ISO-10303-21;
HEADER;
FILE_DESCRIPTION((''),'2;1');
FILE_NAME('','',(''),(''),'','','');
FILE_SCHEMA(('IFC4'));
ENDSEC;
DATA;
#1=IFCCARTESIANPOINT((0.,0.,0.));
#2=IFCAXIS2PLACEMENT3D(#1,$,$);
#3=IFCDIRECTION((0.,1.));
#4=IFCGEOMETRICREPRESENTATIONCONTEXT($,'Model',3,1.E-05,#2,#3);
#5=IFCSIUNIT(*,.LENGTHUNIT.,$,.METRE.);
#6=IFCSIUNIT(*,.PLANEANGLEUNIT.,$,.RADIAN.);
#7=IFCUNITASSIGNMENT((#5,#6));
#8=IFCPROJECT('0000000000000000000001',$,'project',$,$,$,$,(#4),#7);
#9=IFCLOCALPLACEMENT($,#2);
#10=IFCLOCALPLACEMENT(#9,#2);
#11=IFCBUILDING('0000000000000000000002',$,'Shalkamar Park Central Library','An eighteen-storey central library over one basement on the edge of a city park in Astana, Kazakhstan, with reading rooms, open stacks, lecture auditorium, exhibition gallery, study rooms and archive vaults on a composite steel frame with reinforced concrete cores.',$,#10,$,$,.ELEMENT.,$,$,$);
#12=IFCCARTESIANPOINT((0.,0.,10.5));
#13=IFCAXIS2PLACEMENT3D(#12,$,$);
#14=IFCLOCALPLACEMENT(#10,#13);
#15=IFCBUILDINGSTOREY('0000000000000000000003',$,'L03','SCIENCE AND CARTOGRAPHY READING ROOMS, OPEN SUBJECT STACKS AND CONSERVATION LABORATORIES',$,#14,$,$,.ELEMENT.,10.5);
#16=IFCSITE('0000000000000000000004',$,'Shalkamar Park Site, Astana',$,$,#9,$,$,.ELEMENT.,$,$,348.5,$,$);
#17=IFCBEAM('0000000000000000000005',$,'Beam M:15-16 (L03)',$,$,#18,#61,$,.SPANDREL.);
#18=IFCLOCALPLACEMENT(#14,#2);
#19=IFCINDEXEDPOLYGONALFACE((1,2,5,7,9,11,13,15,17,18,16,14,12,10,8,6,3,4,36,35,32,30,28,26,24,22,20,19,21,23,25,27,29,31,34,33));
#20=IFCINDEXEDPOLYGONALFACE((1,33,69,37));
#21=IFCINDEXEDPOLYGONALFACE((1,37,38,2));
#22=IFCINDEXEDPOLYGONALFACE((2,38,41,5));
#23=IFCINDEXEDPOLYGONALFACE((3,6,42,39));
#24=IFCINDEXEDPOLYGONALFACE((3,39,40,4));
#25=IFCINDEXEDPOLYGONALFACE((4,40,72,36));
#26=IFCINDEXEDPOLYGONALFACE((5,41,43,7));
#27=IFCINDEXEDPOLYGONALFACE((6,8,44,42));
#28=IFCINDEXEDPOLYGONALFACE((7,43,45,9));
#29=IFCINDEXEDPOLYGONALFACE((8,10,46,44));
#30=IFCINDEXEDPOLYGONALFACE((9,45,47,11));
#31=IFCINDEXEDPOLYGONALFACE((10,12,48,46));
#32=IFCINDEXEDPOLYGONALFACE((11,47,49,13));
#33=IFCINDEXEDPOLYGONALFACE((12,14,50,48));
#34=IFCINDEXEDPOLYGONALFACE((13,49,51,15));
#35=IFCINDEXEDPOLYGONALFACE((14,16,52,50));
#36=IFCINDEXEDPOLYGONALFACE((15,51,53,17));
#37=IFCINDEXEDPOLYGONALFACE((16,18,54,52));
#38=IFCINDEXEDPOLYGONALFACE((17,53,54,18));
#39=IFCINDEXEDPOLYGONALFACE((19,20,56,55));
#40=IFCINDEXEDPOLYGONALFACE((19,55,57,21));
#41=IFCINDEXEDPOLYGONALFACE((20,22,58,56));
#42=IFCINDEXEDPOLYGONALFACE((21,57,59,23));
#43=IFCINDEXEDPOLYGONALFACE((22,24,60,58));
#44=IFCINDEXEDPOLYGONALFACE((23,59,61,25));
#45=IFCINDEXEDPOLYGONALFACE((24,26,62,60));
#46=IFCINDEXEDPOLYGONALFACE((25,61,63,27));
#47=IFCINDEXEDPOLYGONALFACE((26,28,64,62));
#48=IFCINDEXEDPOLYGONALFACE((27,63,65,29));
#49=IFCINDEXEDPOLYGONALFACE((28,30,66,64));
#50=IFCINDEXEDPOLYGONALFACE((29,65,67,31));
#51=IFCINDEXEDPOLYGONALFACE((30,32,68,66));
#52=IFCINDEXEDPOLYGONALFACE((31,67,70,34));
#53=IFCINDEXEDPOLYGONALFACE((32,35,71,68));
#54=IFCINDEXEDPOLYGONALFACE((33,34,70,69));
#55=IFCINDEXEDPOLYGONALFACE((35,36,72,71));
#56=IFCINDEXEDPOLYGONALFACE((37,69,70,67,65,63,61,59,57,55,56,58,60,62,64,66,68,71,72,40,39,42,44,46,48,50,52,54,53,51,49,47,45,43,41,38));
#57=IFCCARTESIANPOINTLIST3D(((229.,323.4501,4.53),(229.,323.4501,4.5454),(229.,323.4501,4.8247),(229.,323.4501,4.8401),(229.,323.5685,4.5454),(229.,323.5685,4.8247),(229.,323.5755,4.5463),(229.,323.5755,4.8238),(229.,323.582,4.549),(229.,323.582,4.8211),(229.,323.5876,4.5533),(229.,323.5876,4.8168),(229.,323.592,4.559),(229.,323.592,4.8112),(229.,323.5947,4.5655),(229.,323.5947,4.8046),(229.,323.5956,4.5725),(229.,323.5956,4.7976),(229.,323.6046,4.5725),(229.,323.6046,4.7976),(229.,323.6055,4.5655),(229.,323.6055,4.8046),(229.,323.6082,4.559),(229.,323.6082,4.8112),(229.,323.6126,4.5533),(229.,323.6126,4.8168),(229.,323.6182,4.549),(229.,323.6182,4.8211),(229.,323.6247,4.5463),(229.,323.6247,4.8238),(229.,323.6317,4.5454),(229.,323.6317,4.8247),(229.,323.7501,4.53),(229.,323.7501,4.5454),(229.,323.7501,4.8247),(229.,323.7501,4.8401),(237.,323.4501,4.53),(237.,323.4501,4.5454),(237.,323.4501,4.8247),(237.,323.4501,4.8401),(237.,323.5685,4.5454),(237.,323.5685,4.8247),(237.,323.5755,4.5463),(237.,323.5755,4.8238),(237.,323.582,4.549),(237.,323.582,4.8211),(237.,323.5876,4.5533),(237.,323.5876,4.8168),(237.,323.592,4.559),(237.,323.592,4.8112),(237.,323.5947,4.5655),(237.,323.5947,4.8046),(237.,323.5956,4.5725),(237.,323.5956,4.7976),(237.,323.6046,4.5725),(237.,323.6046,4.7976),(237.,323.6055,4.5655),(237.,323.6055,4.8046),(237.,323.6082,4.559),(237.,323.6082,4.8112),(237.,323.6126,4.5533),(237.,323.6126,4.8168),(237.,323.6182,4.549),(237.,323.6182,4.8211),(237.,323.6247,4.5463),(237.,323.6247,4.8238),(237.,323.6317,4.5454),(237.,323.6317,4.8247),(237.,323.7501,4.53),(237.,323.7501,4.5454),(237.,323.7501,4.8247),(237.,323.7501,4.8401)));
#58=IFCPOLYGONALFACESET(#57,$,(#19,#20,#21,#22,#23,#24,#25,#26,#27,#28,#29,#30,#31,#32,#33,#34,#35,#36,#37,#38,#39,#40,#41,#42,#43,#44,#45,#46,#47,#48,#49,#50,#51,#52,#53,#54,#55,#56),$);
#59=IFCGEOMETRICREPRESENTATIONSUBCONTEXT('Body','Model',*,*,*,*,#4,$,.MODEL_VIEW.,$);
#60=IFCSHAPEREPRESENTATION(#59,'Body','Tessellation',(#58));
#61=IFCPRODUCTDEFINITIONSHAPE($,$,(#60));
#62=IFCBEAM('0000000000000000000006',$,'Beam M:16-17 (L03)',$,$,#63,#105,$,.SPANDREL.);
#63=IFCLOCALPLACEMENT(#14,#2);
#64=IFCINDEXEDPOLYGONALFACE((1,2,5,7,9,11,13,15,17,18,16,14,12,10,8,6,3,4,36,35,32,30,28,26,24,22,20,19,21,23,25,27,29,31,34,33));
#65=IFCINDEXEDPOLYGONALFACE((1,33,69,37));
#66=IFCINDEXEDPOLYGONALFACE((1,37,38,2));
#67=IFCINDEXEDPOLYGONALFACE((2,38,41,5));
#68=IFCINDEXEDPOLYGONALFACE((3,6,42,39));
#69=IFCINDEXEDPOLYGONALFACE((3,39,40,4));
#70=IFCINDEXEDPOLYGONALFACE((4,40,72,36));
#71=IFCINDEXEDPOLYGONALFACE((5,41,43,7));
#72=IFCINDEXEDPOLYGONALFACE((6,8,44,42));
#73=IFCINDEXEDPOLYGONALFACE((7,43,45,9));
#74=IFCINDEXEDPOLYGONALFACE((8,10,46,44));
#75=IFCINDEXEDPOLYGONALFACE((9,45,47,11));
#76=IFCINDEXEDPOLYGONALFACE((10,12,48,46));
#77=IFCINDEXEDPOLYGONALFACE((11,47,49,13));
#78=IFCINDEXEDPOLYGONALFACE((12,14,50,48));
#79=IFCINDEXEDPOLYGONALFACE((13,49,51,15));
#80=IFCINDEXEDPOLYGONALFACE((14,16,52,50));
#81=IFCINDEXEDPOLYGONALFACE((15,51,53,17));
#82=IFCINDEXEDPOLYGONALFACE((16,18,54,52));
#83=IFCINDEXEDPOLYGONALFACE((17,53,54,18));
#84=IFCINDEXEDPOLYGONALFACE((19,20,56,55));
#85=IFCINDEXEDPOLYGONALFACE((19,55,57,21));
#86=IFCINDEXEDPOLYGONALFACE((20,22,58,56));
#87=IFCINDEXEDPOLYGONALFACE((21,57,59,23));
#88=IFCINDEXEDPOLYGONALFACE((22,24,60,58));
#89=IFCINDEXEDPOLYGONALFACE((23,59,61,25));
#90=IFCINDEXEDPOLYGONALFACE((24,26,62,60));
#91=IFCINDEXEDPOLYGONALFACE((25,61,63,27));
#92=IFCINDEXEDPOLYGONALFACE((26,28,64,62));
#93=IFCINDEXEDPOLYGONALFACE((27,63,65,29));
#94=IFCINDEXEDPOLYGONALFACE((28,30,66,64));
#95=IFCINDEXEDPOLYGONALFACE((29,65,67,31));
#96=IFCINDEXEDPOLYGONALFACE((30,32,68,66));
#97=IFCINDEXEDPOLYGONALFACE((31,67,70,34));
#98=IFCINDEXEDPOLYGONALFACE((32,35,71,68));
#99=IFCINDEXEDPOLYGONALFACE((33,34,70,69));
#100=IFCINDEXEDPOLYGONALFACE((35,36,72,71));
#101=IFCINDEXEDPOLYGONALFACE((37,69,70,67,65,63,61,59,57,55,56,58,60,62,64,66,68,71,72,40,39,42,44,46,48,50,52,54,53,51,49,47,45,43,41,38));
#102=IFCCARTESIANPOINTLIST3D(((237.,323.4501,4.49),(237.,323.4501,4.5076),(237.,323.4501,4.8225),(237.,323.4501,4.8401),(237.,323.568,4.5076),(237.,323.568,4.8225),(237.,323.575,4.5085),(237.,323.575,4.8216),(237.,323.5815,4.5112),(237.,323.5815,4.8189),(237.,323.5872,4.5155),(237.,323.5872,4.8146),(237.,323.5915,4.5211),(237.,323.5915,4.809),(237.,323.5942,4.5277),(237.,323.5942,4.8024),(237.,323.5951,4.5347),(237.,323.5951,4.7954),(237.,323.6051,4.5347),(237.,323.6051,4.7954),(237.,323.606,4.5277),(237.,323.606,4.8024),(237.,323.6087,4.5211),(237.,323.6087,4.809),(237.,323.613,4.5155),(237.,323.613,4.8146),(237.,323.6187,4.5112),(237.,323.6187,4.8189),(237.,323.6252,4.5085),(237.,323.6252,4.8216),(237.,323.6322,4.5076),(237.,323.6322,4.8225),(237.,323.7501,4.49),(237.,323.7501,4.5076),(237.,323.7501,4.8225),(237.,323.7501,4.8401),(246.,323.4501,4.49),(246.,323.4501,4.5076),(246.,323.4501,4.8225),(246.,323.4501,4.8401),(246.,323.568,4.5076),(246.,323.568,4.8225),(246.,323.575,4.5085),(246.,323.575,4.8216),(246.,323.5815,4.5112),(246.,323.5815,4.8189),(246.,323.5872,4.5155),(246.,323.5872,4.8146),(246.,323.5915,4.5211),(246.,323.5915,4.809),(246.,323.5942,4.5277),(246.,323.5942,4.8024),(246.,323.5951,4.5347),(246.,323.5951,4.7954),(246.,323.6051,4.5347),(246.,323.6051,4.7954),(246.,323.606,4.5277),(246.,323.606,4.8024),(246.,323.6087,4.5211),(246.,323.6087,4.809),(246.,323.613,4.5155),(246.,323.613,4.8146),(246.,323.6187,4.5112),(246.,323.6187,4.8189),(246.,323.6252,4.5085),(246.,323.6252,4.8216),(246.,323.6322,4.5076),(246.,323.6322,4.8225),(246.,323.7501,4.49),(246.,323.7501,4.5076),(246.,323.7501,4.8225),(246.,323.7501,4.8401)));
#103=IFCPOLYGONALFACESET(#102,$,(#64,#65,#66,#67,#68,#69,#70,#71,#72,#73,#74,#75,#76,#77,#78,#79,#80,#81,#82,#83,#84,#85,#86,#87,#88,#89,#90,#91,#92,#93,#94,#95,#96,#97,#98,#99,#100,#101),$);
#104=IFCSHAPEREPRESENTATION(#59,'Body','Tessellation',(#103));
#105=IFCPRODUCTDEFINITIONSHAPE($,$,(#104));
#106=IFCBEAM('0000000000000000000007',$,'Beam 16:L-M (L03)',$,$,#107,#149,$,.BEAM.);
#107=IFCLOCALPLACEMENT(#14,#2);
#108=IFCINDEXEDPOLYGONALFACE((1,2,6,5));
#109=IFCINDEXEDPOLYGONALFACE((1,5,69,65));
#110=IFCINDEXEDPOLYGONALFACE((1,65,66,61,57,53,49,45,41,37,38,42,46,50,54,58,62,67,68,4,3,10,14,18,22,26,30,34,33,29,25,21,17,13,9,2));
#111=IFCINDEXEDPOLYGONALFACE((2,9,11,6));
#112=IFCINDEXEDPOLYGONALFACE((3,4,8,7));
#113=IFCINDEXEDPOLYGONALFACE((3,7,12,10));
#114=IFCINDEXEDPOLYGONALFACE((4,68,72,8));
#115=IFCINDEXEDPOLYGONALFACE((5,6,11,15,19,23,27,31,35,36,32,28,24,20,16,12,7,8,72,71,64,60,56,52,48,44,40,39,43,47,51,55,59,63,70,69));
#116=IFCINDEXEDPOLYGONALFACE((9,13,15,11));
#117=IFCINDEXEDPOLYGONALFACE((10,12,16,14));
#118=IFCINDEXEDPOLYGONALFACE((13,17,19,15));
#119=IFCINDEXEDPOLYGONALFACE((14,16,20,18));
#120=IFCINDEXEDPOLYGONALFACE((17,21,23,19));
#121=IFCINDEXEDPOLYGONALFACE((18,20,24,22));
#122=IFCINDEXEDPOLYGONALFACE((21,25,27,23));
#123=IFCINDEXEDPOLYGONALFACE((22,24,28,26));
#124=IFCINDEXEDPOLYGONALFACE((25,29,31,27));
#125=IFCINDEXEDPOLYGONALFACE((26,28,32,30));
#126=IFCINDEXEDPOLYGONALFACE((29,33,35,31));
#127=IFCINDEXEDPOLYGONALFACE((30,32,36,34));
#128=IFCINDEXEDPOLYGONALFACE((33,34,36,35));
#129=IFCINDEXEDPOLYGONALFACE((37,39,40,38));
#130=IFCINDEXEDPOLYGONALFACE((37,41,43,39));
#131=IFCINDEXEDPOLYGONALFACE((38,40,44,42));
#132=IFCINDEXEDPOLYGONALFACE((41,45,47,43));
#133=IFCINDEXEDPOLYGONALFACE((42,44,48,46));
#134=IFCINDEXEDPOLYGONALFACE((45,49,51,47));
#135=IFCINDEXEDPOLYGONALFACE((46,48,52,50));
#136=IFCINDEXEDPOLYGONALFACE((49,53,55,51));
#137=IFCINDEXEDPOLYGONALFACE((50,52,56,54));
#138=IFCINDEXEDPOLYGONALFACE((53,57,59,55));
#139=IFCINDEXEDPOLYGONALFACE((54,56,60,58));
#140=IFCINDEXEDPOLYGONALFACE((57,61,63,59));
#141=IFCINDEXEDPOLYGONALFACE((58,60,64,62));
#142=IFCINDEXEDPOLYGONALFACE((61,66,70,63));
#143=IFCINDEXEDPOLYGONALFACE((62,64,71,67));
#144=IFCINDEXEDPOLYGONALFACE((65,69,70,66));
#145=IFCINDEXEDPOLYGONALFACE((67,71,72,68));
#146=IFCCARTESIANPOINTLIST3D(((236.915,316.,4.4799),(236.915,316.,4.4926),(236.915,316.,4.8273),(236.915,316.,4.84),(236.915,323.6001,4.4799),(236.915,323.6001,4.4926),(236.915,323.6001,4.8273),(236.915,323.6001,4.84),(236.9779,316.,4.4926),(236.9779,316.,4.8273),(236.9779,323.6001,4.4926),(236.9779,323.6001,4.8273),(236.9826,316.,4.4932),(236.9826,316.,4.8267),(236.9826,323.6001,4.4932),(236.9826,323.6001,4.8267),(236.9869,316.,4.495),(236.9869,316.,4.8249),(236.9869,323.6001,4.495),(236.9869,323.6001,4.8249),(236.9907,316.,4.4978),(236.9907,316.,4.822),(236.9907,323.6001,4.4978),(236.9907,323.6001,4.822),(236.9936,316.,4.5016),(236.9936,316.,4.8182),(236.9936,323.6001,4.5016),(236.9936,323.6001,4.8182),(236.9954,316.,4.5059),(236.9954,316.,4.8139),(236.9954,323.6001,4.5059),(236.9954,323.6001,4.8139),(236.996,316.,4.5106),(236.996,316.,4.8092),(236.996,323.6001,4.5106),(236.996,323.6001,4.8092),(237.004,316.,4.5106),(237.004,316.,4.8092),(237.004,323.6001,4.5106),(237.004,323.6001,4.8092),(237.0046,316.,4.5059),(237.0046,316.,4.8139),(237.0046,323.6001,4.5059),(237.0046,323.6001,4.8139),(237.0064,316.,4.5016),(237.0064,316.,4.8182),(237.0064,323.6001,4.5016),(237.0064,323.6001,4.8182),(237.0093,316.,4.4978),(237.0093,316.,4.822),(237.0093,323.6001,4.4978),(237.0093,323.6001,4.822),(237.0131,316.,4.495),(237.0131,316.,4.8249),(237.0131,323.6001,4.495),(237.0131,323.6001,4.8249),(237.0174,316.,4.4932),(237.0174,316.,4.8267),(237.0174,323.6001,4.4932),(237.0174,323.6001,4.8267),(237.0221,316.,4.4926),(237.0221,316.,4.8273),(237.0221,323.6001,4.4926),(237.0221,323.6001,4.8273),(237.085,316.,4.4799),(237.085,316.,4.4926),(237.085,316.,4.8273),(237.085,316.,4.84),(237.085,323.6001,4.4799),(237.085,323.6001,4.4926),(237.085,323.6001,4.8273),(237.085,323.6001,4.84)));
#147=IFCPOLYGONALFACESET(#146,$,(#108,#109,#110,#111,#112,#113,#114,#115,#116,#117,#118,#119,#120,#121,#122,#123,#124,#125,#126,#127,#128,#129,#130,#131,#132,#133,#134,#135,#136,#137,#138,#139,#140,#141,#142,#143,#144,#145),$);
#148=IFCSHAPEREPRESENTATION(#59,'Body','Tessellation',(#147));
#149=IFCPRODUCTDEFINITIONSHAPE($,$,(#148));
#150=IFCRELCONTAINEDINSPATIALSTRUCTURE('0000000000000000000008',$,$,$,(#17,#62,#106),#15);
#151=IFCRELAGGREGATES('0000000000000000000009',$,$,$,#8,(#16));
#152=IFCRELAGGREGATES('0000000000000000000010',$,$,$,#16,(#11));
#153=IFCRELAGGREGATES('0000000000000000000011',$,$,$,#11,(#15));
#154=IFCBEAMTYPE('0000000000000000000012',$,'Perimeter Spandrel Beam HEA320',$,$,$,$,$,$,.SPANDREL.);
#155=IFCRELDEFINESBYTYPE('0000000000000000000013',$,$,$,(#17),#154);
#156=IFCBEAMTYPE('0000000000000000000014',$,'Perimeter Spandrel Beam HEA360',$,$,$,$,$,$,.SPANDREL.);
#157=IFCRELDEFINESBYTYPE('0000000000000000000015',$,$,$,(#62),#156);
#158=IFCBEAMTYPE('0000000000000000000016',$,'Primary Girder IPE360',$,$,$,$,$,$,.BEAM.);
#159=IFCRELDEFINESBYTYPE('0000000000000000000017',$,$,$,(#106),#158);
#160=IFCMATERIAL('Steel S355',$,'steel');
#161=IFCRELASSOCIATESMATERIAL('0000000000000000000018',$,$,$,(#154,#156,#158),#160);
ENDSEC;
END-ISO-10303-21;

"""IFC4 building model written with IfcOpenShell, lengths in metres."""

from ifc_helpers import new_model, si_unit, direction, frame, origin, origin_2d, place, context, subcontext, project, spatial, i_section, extrude, material, material_profile, profile_set, type_object, element, save


model = new_model("IFC4")

# Units and contexts
model_context = context("Model", 3, precision=1e-05, world=origin(), true_north=direction((0.0, 1.0)))
body_context = subcontext(model_context, "Body", "Model", "MODEL_VIEW")
ifc_project = project(units=[si_unit("LENGTHUNIT", "METRE"), si_unit("PLANEANGLEUNIT", "RADIAN")], contexts=[model_context])

# Site, building, storey
site_placement = place(None, origin())
site = spatial("IfcSite", under=ifc_project, at=site_placement, Name="Shalkamar Park Site, Astana", CompositionType="ELEMENT", RefElevation=348.5)
building_placement = place(site_placement, origin())
building = spatial("IfcBuilding", under=site, at=building_placement, Name="Shalkamar Park Central Library", Description="An eighteen-storey central library over one basement on the edge of a city park in Astana, Kazakhstan, with reading rooms, open stacks, lecture auditorium, exhibition gallery, study rooms and archive vaults on a composite steel frame with reinforced concrete cores.", CompositionType="ELEMENT")
storey_placement = place(building_placement, frame((0.0, 0.0, 10.5)))
storey = spatial("IfcBuildingStorey", under=building, at=storey_placement, Name="L03", Description="SCIENCE AND CARTOGRAPHY READING ROOMS, OPEN SUBJECT STACKS AND CONSERVATION LABORATORIES", CompositionType="ELEMENT", Elevation=10.5)

# Shared definitions
ifc_material_1 = material(Name="Steel S355", Category="steel")

# Beams
ifc_material_profile_1 = material_profile(ifc_material_1, i_section(OverallWidth=0.3, OverallDepth=0.3101, WebThickness=0.009, FlangeThickness=0.0154, FilletRadius=0.0271, at=origin_2d()), Name="HEA 320")
ifc_profile_set_1 = profile_set([ifc_material_profile_1], Name="Steel S355")
beam_type_1 = type_object("IfcBeamType", Name="Perimeter Spandrel Beam HEA320", PredefinedType="SPANDREL", material=ifc_profile_set_1)
beam_1_placement = place(storey_placement, frame((229.0, 323.6001, 4.6851), z_axis=(1.0, 0.0, 0.0), x_axis=(0.0, 1.0, 0.0)))
element("IfcBeam", 1, at=beam_1_placement, inside=storey, type_object=beam_type_1, Name="Beam M:15-16 (L03)", PredefinedType="SPANDREL", context=body_context, shape_type="SweptSolid", body=[
    extrude(i_section(OverallWidth=0.3, OverallDepth=0.3101, WebThickness=0.009, FlangeThickness=0.0154, FilletRadius=0.0271, at=origin_2d()), origin(), (0.0, 0.0, 1.0), 8.0),
])
ifc_material_profile_2 = material_profile(ifc_material_1, i_section(OverallWidth=0.3, OverallDepth=0.3501, WebThickness=0.01, FlangeThickness=0.0176, FilletRadius=0.0271, at=origin_2d()), Name="HEA 360")
ifc_profile_set_2 = profile_set([ifc_material_profile_2], Name="Steel S355")
beam_type_2 = type_object("IfcBeamType", Name="Perimeter Spandrel Beam HEA360", PredefinedType="SPANDREL", material=ifc_profile_set_2)
beam_2_placement = place(storey_placement, frame((237.0, 323.6001, 4.665), z_axis=(1.0, 0.0, 0.0), x_axis=(0.0, 1.0, 0.0)))
element("IfcBeam", 2, at=beam_2_placement, inside=storey, type_object=beam_type_2, Name="Beam M:16-17 (L03)", PredefinedType="SPANDREL", context=body_context, shape_type="SweptSolid", body=[
    extrude(i_section(OverallWidth=0.3, OverallDepth=0.3501, WebThickness=0.01, FlangeThickness=0.0176, FilletRadius=0.0271, at=origin_2d()), origin(), (0.0, 0.0, 1.0), 9.0),
])
ifc_material_profile_3 = material_profile(ifc_material_1, i_section(OverallWidth=0.1699, OverallDepth=0.3601, WebThickness=0.0081, FlangeThickness=0.0127, FilletRadius=0.0181, at=origin_2d()), Name="IPE 360")
ifc_profile_set_3 = profile_set([ifc_material_profile_3], Name="Steel S355")
beam_type_3 = type_object("IfcBeamType", Name="Primary Girder IPE360", PredefinedType="BEAM", material=ifc_profile_set_3)
beam_3_placement = place(storey_placement, frame((237.0, 316.0, 4.6599), z_axis=(0.0, 1.0, 0.0), x_axis=(-1.0, 0.0, 0.0)))
element("IfcBeam", 3, at=beam_3_placement, inside=storey, type_object=beam_type_3, Name="Beam 16:L-M (L03)", PredefinedType="BEAM", context=body_context, shape_type="SweptSolid", body=[
    extrude(i_section(OverallWidth=0.1699, OverallDepth=0.3601, WebThickness=0.0081, FlangeThickness=0.0127, FilletRadius=0.0181, at=origin_2d()), origin(), (0.0, 0.0, 1.0), 7.6001),
])

save(model, "model.ifc")
